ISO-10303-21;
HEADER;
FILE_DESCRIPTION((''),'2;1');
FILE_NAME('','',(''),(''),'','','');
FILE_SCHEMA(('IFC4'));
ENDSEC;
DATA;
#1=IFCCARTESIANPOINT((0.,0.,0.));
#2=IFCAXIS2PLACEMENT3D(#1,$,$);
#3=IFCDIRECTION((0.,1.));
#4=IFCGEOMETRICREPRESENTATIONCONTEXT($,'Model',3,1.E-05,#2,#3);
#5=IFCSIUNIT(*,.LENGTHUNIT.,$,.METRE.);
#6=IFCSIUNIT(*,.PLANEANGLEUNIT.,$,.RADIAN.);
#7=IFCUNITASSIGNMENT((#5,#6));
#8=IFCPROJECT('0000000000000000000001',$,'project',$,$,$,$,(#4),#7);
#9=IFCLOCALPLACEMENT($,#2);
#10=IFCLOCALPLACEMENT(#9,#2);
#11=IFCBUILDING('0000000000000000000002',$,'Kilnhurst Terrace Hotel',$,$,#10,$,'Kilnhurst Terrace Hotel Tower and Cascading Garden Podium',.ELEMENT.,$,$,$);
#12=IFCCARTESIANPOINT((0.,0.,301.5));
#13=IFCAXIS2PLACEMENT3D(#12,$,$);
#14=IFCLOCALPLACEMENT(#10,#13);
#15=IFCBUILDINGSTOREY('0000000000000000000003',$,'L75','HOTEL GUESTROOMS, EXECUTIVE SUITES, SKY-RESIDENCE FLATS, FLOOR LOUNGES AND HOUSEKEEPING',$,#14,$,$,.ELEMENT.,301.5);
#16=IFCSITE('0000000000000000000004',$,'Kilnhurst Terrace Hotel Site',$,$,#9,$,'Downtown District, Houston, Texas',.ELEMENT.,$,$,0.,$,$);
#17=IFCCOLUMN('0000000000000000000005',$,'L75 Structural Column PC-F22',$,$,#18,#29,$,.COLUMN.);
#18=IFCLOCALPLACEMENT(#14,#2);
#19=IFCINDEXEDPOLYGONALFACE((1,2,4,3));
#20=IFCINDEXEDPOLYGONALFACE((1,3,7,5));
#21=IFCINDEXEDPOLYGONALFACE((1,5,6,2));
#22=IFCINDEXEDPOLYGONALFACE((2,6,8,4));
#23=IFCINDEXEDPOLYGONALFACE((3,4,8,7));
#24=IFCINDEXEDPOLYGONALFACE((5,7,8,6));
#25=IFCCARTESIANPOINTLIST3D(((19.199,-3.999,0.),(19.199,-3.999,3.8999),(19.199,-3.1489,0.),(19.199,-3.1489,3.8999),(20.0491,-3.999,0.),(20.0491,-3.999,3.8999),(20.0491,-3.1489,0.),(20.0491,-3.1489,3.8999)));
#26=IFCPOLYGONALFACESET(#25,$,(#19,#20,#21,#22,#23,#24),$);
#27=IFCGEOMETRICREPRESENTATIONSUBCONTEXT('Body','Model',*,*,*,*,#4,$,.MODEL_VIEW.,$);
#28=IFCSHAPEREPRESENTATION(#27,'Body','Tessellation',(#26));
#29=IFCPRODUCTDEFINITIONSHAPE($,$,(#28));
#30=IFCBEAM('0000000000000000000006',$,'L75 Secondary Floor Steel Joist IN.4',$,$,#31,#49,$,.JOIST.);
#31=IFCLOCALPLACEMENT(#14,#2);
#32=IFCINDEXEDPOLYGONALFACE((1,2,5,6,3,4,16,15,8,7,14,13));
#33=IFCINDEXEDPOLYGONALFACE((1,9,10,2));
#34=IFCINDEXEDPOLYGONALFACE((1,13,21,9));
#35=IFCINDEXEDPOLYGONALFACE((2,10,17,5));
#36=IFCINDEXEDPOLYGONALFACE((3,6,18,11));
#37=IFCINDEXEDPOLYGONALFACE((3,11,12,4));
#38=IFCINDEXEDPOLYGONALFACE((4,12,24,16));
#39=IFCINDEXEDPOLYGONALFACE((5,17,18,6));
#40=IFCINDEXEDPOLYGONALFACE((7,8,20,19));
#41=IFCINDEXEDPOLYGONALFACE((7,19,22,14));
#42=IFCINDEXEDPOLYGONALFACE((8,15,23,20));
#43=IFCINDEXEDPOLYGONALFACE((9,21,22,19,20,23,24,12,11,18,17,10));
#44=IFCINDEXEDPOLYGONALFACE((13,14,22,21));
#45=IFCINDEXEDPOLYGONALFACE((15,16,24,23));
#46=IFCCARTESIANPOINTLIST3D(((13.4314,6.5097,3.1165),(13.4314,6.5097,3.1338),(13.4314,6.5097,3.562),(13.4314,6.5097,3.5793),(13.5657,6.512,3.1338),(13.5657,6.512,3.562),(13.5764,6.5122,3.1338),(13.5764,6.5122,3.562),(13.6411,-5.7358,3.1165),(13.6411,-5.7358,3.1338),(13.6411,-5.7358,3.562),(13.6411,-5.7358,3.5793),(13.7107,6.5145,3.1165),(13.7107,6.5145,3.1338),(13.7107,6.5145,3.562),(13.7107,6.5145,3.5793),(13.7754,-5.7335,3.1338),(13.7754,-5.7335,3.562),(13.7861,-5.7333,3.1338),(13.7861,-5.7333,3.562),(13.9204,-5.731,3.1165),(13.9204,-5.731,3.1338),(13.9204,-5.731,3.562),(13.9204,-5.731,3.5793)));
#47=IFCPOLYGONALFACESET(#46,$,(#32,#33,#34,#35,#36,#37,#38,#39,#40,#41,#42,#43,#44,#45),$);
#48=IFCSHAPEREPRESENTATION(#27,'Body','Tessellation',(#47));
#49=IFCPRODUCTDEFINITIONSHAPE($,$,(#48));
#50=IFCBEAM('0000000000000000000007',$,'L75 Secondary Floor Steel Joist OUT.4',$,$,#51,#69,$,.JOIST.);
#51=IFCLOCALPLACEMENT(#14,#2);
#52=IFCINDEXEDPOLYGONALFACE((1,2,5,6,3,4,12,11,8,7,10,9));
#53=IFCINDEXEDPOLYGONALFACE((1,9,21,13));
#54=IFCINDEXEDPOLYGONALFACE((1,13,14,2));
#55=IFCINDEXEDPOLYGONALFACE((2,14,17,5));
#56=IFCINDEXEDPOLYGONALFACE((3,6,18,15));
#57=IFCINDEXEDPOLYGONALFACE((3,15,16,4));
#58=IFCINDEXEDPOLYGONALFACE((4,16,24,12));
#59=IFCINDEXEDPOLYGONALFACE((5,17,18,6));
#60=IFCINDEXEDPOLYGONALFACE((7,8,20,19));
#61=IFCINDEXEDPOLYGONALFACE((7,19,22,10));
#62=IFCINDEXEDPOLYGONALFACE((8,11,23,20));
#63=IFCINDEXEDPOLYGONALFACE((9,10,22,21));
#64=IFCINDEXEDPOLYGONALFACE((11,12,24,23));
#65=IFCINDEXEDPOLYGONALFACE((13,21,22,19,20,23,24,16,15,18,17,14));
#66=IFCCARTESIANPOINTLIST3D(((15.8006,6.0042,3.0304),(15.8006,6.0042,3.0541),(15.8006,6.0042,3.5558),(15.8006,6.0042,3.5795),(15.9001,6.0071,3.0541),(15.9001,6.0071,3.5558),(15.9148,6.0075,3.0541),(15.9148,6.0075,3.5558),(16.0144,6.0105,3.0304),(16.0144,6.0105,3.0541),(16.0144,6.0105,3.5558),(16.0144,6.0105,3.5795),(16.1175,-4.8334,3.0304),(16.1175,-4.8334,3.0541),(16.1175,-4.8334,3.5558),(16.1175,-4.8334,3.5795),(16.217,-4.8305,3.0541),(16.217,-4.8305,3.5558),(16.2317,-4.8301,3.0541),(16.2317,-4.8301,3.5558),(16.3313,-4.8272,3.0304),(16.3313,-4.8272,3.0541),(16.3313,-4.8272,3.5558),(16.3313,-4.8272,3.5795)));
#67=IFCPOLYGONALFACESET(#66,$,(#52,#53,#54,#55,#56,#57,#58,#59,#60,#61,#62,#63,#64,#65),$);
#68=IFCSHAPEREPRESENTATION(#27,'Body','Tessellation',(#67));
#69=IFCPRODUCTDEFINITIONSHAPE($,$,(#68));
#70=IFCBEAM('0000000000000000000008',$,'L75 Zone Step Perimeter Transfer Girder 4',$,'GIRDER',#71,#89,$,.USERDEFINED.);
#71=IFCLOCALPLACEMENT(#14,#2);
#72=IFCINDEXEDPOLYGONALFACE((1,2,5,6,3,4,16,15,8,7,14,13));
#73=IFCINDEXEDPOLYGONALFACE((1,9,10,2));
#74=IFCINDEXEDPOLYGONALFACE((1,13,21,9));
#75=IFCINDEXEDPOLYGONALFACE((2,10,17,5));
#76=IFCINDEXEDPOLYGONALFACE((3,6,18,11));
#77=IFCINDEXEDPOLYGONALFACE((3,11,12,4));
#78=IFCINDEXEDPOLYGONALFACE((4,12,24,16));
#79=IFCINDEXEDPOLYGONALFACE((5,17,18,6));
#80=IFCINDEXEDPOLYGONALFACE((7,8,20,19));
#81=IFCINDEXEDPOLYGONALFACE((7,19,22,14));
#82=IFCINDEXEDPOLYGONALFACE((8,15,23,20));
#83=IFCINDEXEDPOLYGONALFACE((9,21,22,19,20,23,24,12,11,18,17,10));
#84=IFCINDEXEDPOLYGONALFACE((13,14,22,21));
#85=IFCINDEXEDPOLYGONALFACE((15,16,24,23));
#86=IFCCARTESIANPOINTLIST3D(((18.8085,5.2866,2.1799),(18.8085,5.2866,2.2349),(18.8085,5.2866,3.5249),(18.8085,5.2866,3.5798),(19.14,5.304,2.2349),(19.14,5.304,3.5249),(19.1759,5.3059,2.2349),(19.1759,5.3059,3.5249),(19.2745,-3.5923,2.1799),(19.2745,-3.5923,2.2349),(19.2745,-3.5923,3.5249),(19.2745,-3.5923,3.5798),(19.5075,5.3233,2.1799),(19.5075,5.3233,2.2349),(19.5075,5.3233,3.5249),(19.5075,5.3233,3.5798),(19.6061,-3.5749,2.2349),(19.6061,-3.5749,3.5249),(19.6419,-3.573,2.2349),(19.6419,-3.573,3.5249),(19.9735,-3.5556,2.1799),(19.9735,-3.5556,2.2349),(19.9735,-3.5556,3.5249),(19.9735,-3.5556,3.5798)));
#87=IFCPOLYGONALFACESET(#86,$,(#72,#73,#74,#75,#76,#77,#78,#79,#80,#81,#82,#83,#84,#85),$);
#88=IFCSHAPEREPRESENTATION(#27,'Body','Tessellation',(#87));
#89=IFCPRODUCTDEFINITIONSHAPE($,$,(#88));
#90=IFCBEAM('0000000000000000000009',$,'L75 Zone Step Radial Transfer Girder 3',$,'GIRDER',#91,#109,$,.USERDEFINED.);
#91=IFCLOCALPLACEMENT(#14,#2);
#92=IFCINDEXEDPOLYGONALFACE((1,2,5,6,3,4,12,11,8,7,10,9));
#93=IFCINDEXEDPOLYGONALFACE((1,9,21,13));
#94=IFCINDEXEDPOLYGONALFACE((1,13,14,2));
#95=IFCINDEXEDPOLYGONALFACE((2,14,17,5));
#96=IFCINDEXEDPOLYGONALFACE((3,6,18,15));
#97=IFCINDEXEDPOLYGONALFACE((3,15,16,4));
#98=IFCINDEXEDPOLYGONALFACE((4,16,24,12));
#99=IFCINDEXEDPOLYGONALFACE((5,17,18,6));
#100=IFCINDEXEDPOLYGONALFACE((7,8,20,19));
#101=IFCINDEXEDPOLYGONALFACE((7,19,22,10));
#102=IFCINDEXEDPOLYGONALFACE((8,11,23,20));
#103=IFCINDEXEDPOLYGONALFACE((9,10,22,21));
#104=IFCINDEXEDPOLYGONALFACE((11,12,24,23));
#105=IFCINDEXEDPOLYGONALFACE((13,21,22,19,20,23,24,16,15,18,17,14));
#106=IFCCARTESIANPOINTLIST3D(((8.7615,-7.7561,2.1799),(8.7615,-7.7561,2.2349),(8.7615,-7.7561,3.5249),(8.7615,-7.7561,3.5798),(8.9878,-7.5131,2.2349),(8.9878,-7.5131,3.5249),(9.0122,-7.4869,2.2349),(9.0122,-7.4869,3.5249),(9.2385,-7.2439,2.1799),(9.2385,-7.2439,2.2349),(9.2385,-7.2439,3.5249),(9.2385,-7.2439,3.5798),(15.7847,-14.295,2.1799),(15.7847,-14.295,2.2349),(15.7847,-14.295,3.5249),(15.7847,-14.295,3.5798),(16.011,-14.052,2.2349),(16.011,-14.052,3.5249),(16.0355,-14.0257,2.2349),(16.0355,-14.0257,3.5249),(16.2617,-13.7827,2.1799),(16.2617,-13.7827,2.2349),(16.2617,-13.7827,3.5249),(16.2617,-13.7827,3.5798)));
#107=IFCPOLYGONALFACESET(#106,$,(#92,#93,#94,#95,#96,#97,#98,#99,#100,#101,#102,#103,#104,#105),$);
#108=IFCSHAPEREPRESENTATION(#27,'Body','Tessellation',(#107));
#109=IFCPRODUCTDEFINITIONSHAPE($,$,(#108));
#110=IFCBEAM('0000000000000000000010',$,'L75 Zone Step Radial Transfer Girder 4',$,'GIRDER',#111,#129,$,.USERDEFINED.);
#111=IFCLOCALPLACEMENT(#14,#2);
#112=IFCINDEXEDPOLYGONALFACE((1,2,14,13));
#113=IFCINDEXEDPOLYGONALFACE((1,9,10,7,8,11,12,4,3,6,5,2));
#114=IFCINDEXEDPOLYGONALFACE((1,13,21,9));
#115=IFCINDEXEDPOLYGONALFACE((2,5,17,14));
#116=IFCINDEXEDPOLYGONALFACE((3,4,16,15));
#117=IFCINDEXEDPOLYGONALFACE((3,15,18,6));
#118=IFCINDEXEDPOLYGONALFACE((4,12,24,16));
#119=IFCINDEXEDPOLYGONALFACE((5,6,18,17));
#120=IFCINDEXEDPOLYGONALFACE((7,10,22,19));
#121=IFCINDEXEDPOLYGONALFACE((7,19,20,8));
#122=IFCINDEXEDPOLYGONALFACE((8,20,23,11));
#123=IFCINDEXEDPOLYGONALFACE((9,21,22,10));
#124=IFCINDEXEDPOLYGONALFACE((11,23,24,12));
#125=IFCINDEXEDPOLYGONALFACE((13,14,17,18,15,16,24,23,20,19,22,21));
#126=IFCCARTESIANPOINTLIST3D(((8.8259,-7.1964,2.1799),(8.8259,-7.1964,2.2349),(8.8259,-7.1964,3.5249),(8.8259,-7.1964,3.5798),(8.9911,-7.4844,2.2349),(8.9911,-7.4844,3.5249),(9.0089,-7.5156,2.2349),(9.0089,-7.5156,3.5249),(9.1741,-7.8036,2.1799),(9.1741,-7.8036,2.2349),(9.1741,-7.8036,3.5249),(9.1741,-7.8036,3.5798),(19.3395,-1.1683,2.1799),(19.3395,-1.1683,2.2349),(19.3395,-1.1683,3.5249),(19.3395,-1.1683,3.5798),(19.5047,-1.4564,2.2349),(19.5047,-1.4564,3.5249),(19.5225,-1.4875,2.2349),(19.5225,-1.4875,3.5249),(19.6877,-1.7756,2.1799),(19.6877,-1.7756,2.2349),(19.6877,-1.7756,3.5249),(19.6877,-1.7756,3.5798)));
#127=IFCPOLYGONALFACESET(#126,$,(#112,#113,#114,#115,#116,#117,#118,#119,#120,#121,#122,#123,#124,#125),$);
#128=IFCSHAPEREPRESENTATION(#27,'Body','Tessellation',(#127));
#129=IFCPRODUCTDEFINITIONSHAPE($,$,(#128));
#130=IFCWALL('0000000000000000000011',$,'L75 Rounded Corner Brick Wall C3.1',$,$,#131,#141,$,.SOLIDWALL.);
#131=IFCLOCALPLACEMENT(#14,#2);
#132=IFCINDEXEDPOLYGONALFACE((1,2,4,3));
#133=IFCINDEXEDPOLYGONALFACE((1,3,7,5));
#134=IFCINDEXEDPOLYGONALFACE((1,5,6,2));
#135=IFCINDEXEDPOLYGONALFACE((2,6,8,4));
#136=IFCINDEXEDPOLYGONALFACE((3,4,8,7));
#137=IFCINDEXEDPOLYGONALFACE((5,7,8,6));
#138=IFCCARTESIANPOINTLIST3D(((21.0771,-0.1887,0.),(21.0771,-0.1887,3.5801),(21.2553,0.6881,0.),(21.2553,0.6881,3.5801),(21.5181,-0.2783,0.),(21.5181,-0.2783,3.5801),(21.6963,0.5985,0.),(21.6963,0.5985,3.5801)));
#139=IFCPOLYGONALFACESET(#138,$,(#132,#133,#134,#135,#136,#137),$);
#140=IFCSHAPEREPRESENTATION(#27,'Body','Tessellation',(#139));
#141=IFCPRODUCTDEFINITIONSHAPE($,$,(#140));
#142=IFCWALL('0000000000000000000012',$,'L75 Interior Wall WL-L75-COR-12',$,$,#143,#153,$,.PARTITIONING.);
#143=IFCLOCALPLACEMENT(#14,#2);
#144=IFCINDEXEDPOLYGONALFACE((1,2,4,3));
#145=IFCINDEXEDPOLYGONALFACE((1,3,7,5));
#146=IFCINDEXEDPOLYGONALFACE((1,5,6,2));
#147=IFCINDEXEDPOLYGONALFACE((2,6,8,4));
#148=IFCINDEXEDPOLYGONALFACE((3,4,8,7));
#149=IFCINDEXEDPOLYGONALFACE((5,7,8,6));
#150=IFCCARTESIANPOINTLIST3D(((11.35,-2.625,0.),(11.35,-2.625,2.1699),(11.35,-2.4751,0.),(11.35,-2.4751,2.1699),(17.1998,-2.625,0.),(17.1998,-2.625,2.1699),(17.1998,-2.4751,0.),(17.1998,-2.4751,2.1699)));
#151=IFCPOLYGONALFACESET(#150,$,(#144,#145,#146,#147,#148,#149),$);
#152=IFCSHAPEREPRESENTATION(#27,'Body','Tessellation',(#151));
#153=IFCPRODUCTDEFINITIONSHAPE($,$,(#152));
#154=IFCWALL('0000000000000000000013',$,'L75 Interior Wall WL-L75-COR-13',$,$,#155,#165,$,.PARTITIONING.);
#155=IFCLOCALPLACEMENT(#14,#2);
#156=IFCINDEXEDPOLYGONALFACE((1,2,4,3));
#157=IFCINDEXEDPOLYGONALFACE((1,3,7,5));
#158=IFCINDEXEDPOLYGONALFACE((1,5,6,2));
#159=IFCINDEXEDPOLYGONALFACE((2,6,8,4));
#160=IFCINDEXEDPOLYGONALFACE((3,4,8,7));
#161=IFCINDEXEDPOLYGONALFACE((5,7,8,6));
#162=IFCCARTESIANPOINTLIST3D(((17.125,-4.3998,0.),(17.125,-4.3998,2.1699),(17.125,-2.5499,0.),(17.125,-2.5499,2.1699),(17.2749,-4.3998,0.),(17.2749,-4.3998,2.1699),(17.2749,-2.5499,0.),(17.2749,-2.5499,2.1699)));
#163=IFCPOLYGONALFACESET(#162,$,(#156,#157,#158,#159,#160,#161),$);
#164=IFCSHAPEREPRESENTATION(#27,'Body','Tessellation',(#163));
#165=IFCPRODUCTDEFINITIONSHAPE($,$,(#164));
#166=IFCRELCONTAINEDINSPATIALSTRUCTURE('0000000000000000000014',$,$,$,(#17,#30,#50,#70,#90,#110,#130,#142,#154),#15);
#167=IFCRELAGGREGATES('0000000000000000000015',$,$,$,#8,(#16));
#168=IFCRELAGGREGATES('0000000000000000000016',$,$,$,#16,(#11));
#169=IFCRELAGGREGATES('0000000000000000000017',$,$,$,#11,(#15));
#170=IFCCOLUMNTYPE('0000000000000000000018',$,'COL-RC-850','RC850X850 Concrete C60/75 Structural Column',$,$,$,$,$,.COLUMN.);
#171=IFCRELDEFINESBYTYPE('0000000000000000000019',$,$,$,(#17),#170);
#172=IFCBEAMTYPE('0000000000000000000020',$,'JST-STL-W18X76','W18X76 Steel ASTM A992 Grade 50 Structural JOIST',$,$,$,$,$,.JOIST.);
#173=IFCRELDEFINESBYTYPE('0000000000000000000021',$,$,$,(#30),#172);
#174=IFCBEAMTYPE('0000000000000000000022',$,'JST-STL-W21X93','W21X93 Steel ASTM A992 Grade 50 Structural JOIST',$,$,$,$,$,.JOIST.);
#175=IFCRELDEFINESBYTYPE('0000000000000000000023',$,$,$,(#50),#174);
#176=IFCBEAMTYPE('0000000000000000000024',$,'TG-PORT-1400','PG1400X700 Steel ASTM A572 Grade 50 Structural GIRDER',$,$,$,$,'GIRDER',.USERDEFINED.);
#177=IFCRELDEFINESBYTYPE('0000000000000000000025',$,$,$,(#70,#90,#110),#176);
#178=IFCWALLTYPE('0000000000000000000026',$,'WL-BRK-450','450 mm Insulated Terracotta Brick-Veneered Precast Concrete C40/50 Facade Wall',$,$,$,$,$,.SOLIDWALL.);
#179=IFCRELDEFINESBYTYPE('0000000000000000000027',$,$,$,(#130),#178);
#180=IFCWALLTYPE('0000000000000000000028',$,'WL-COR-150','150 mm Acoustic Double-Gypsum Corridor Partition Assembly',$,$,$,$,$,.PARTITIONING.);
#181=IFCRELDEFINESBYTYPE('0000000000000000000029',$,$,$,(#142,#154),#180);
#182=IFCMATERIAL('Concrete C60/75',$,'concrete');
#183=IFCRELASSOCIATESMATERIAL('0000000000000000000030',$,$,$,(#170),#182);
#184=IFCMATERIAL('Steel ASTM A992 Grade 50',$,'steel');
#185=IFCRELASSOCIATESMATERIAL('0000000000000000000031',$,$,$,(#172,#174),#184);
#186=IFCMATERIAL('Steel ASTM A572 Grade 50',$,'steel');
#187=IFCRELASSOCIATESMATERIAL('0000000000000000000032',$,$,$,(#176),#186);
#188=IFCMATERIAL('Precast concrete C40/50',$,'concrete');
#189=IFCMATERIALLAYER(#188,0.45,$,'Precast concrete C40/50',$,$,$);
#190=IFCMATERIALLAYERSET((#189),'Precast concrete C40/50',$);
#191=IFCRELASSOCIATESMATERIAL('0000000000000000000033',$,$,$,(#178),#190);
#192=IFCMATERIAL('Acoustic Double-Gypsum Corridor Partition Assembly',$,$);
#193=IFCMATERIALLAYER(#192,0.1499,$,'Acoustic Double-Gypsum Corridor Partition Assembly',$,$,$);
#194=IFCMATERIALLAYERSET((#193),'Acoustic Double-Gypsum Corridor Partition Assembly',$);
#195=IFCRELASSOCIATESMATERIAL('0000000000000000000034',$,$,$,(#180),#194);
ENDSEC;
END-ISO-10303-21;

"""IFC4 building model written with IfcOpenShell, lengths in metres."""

from ifc_helpers import new_model, si_unit, direction, frame, frame_2d, origin, origin_2d, place, context, subcontext, project, spatial, rectangle, i_section, extrude, material, layer, layer_set, material_profile, profile_set, type_object, element, save


model = new_model("IFC4")

# Units and contexts
model_context = context("Model", 3, precision=1e-05, world=origin(), true_north=direction((0.0, 1.0)))
body_context = subcontext(model_context, "Body", "Model", "MODEL_VIEW")
ifc_project = project(units=[si_unit("LENGTHUNIT", "METRE"), si_unit("PLANEANGLEUNIT", "RADIAN")], contexts=[model_context])

# Site, building, storey
site_placement = place(None, origin())
site = spatial("IfcSite", under=ifc_project, at=site_placement, Name="Kilnhurst Terrace Hotel Site", LongName="Downtown District, Houston, Texas", CompositionType="ELEMENT", RefElevation=0.0)
building_placement = place(site_placement, origin())
building = spatial("IfcBuilding", under=site, at=building_placement, Name="Kilnhurst Terrace Hotel", LongName="Kilnhurst Terrace Hotel Tower and Cascading Garden Podium", CompositionType="ELEMENT")
storey_placement = place(building_placement, frame((0.0, 0.0, 301.5)))
storey = spatial("IfcBuildingStorey", under=building, at=storey_placement, Name="L75", Description="HOTEL GUESTROOMS, EXECUTIVE SUITES, SKY-RESIDENCE FLATS, FLOOR LOUNGES AND HOUSEKEEPING", CompositionType="ELEMENT", Elevation=301.5)

# Column
ifc_material_1 = material(Name="Concrete C60/75", Category="concrete")
ifc_material_profile_1 = material_profile(ifc_material_1, rectangle(XDim=0.8501, YDim=0.8501, at=origin_2d()), Name="RC850X850")
ifc_profile_set_1 = profile_set([ifc_material_profile_1], Name="Concrete C60/75")
column_type = type_object("IfcColumnType", Name="COL-RC-850", Description="RC850X850 Concrete C60/75 Structural Column", PredefinedType="COLUMN", material=ifc_profile_set_1)
column_placement = place(storey_placement, frame((19.624, -3.574, 0.0), z_axis=(0.0, 0.0, 1.0), x_axis=(1.0, 0.0, 0.0)))
element("IfcColumn", 1, at=column_placement, inside=storey, type_object=column_type, Name="L75 Structural Column PC-F22", PredefinedType="COLUMN", context=body_context, shape_type="SweptSolid", body=[
    extrude(rectangle(XDim=0.8501, YDim=0.8501, at=origin_2d()), origin(), (0.0, 0.0, 1.0), 3.8999),
])

# Beams
ifc_material_2 = material(Name="Steel ASTM A992 Grade 50", Category="steel")
ifc_material_profile_2 = material_profile(ifc_material_2, i_section(OverallWidth=0.2793, OverallDepth=0.4629, WebThickness=0.0107, FlangeThickness=0.0173, at=origin_2d()), Name="W18X76")
ifc_profile_set_2 = profile_set([ifc_material_profile_2], Name="Steel ASTM A992 Grade 50")
beam_type_1 = type_object("IfcBeamType", Name="JST-STL-W18X76", Description="W18X76 Steel ASTM A992 Grade 50 Structural JOIST", PredefinedType="JOIST", material=ifc_profile_set_2)
beam_1_placement = place(storey_placement, frame((13.7808, -5.7334, 3.3479), z_axis=(-0.017123, 0.999853, 0.0), x_axis=(-0.999853, -0.017123, 0.0)))
element("IfcBeam", 2, at=beam_1_placement, inside=storey, type_object=beam_type_1, Name="L75 Secondary Floor Steel Joist IN.4", PredefinedType="JOIST", context=body_context, shape_type="SweptSolid", body=[
    extrude(i_section(OverallWidth=0.2793, OverallDepth=0.4629, WebThickness=0.0107, FlangeThickness=0.0173, at=origin_2d()), origin(), (0.0, 0.0, 1.0), 12.2473),
])
ifc_material_profile_3 = material_profile(ifc_material_2, i_section(OverallWidth=0.2139, OverallDepth=0.5491, WebThickness=0.0146, FlangeThickness=0.0237, at=origin_2d()), Name="W21X93")
ifc_profile_set_3 = profile_set([ifc_material_profile_3], Name="Steel ASTM A992 Grade 50")
beam_type_2 = type_object("IfcBeamType", Name="JST-STL-W21X93", Description="W21X93 Steel ASTM A992 Grade 50 Structural JOIST", PredefinedType="JOIST", material=ifc_profile_set_3)
beam_2_placement = place(storey_placement, frame((16.2244, -4.8303, 3.3049), z_axis=(-0.029228, 0.999573, 0.0), x_axis=(-0.999573, -0.029228, 0.0)))
element("IfcBeam", 3, at=beam_2_placement, inside=storey, type_object=beam_type_2, Name="L75 Secondary Floor Steel Joist OUT.4", PredefinedType="JOIST", context=body_context, shape_type="SweptSolid", body=[
    extrude(i_section(OverallWidth=0.2139, OverallDepth=0.5491, WebThickness=0.0146, FlangeThickness=0.0237, at=origin_2d()), origin(), (0.0, 0.0, 1.0), 10.8423),
])
ifc_material_3 = material(Name="Steel ASTM A572 Grade 50", Category="steel")
ifc_material_profile_4 = material_profile(ifc_material_3, i_section(OverallWidth=0.7, OverallDepth=1.3999, WebThickness=0.0359, FlangeThickness=0.0549, at=origin_2d()), Name="PG1400X700")
ifc_profile_set_4 = profile_set([ifc_material_profile_4], Name="Steel ASTM A572 Grade 50")
beam_type_3 = type_object("IfcBeamType", Name="TG-PORT-1400", Description="PG1400X700 Steel ASTM A572 Grade 50 Structural GIRDER", ElementType="GIRDER", PredefinedType="USERDEFINED", material=ifc_profile_set_4)
beam_3_placement = place(storey_placement, frame((19.624, -3.574, 2.8799), z_axis=(-0.052419, 0.998625, 0.0), x_axis=(-0.998625, -0.052419, 0.0)))
element("IfcBeam", 4, at=beam_3_placement, inside=storey, type_object=beam_type_3, Name="L75 Zone Step Perimeter Transfer Girder 4", ObjectType="GIRDER", PredefinedType="USERDEFINED", context=body_context, shape_type="SweptSolid", body=[
    extrude(i_section(OverallWidth=0.7, OverallDepth=1.3999, WebThickness=0.0359, FlangeThickness=0.0549, at=origin_2d()), origin(), (0.0, 0.0, 1.0), 8.8911),
])
beam_4_placement = place(storey_placement, frame((9.0, -7.5, 2.8799), z_axis=(0.731895, -0.681418, 0.0), x_axis=(0.681418, 0.731895, 0.0)))
element("IfcBeam", 5, at=beam_4_placement, inside=storey, type_object=beam_type_3, Name="L75 Zone Step Radial Transfer Girder 3", ObjectType="GIRDER", PredefinedType="USERDEFINED", context=body_context, shape_type="SweptSolid", body=[
    extrude(i_section(OverallWidth=0.7, OverallDepth=1.3999, WebThickness=0.0359, FlangeThickness=0.0549, at=origin_2d()), origin(), (0.0, 0.0, 1.0), 9.5959),
])
beam_5_placement = place(storey_placement, frame((9.0, -7.5, 2.8799), z_axis=(0.867522, 0.497399, 0.0), x_axis=(-0.497399, 0.867522, 0.0)))
element("IfcBeam", 6, at=beam_5_placement, inside=storey, type_object=beam_type_3, Name="L75 Zone Step Radial Transfer Girder 4", ObjectType="GIRDER", PredefinedType="USERDEFINED", context=body_context, shape_type="SweptSolid", body=[
    extrude(i_section(OverallWidth=0.7, OverallDepth=1.3999, WebThickness=0.0359, FlangeThickness=0.0549, at=origin_2d()), origin(), (0.0, 0.0, 1.0), 12.1191),
])

# Walls
ifc_material_4 = material(Name="Precast concrete C40/50", Category="concrete")
ifc_layer_1 = layer(ifc_material_4, 0.45, Name="Precast concrete C40/50")
ifc_layer_set_1 = layer_set([ifc_layer_1], Name="Precast concrete C40/50")
wall_type_1 = type_object("IfcWallType", Name="WL-BRK-450", Description="450 mm Insulated Terracotta Brick-Veneered Precast Concrete C40/50 Facade Wall", PredefinedType="SOLIDWALL", material=ifc_layer_set_1)
wall_1_placement = place(storey_placement, frame((21.2976, -0.2334, 0.0), z_axis=(0.0, 0.0, 1.0), x_axis=(0.199158, 0.979967, 0.0)))
element("IfcWall", 7, at=wall_1_placement, inside=storey, type_object=wall_type_1, Name="L75 Rounded Corner Brick Wall C3.1", PredefinedType="SOLIDWALL", context=body_context, shape_type="SweptSolid", body=[
    extrude(rectangle(XDim=0.8948, YDim=0.45, at=frame_2d((0.4473, 0.0))), origin(), (0.0, 0.0, 1.0), 3.5801),
])
ifc_material_5 = material(Name="Acoustic Double-Gypsum Corridor Partition Assembly")
ifc_layer_2 = layer(ifc_material_5, 0.1499, Name="Acoustic Double-Gypsum Corridor Partition Assembly")
ifc_layer_set_2 = layer_set([ifc_layer_2], Name="Acoustic Double-Gypsum Corridor Partition Assembly")
wall_type_2 = type_object("IfcWallType", Name="WL-COR-150", Description="150 mm Acoustic Double-Gypsum Corridor Partition Assembly", PredefinedType="PARTITIONING", material=ifc_layer_set_2)
wall_2_placement = place(storey_placement, frame((11.3501, -2.55, 0.0), z_axis=(0.0, 0.0, 1.0), x_axis=(1.0, 0.0, 0.0)))
element("IfcWall", 8, at=wall_2_placement, inside=storey, type_object=wall_type_2, Name="L75 Interior Wall WL-L75-COR-12", PredefinedType="PARTITIONING", context=body_context, shape_type="SweptSolid", body=[
    extrude(rectangle(XDim=5.8499, YDim=0.1499, at=frame_2d((2.9248, 0.0))), origin(), (0.0, 0.0, 1.0), 2.1699),
])
wall_3_placement = place(storey_placement, frame((17.2, -2.55, 0.0), z_axis=(0.0, 0.0, 1.0), x_axis=(0.0, -1.0, 0.0)))
element("IfcWall", 9, at=wall_3_placement, inside=storey, type_object=wall_type_2, Name="L75 Interior Wall WL-L75-COR-13", PredefinedType="PARTITIONING", context=body_context, shape_type="SweptSolid", body=[
    extrude(rectangle(XDim=1.8499, YDim=0.1499, at=frame_2d((0.9248, 0.0))), origin(), (0.0, 0.0, 1.0), 2.1699),
])

save(model, "model.ifc")
